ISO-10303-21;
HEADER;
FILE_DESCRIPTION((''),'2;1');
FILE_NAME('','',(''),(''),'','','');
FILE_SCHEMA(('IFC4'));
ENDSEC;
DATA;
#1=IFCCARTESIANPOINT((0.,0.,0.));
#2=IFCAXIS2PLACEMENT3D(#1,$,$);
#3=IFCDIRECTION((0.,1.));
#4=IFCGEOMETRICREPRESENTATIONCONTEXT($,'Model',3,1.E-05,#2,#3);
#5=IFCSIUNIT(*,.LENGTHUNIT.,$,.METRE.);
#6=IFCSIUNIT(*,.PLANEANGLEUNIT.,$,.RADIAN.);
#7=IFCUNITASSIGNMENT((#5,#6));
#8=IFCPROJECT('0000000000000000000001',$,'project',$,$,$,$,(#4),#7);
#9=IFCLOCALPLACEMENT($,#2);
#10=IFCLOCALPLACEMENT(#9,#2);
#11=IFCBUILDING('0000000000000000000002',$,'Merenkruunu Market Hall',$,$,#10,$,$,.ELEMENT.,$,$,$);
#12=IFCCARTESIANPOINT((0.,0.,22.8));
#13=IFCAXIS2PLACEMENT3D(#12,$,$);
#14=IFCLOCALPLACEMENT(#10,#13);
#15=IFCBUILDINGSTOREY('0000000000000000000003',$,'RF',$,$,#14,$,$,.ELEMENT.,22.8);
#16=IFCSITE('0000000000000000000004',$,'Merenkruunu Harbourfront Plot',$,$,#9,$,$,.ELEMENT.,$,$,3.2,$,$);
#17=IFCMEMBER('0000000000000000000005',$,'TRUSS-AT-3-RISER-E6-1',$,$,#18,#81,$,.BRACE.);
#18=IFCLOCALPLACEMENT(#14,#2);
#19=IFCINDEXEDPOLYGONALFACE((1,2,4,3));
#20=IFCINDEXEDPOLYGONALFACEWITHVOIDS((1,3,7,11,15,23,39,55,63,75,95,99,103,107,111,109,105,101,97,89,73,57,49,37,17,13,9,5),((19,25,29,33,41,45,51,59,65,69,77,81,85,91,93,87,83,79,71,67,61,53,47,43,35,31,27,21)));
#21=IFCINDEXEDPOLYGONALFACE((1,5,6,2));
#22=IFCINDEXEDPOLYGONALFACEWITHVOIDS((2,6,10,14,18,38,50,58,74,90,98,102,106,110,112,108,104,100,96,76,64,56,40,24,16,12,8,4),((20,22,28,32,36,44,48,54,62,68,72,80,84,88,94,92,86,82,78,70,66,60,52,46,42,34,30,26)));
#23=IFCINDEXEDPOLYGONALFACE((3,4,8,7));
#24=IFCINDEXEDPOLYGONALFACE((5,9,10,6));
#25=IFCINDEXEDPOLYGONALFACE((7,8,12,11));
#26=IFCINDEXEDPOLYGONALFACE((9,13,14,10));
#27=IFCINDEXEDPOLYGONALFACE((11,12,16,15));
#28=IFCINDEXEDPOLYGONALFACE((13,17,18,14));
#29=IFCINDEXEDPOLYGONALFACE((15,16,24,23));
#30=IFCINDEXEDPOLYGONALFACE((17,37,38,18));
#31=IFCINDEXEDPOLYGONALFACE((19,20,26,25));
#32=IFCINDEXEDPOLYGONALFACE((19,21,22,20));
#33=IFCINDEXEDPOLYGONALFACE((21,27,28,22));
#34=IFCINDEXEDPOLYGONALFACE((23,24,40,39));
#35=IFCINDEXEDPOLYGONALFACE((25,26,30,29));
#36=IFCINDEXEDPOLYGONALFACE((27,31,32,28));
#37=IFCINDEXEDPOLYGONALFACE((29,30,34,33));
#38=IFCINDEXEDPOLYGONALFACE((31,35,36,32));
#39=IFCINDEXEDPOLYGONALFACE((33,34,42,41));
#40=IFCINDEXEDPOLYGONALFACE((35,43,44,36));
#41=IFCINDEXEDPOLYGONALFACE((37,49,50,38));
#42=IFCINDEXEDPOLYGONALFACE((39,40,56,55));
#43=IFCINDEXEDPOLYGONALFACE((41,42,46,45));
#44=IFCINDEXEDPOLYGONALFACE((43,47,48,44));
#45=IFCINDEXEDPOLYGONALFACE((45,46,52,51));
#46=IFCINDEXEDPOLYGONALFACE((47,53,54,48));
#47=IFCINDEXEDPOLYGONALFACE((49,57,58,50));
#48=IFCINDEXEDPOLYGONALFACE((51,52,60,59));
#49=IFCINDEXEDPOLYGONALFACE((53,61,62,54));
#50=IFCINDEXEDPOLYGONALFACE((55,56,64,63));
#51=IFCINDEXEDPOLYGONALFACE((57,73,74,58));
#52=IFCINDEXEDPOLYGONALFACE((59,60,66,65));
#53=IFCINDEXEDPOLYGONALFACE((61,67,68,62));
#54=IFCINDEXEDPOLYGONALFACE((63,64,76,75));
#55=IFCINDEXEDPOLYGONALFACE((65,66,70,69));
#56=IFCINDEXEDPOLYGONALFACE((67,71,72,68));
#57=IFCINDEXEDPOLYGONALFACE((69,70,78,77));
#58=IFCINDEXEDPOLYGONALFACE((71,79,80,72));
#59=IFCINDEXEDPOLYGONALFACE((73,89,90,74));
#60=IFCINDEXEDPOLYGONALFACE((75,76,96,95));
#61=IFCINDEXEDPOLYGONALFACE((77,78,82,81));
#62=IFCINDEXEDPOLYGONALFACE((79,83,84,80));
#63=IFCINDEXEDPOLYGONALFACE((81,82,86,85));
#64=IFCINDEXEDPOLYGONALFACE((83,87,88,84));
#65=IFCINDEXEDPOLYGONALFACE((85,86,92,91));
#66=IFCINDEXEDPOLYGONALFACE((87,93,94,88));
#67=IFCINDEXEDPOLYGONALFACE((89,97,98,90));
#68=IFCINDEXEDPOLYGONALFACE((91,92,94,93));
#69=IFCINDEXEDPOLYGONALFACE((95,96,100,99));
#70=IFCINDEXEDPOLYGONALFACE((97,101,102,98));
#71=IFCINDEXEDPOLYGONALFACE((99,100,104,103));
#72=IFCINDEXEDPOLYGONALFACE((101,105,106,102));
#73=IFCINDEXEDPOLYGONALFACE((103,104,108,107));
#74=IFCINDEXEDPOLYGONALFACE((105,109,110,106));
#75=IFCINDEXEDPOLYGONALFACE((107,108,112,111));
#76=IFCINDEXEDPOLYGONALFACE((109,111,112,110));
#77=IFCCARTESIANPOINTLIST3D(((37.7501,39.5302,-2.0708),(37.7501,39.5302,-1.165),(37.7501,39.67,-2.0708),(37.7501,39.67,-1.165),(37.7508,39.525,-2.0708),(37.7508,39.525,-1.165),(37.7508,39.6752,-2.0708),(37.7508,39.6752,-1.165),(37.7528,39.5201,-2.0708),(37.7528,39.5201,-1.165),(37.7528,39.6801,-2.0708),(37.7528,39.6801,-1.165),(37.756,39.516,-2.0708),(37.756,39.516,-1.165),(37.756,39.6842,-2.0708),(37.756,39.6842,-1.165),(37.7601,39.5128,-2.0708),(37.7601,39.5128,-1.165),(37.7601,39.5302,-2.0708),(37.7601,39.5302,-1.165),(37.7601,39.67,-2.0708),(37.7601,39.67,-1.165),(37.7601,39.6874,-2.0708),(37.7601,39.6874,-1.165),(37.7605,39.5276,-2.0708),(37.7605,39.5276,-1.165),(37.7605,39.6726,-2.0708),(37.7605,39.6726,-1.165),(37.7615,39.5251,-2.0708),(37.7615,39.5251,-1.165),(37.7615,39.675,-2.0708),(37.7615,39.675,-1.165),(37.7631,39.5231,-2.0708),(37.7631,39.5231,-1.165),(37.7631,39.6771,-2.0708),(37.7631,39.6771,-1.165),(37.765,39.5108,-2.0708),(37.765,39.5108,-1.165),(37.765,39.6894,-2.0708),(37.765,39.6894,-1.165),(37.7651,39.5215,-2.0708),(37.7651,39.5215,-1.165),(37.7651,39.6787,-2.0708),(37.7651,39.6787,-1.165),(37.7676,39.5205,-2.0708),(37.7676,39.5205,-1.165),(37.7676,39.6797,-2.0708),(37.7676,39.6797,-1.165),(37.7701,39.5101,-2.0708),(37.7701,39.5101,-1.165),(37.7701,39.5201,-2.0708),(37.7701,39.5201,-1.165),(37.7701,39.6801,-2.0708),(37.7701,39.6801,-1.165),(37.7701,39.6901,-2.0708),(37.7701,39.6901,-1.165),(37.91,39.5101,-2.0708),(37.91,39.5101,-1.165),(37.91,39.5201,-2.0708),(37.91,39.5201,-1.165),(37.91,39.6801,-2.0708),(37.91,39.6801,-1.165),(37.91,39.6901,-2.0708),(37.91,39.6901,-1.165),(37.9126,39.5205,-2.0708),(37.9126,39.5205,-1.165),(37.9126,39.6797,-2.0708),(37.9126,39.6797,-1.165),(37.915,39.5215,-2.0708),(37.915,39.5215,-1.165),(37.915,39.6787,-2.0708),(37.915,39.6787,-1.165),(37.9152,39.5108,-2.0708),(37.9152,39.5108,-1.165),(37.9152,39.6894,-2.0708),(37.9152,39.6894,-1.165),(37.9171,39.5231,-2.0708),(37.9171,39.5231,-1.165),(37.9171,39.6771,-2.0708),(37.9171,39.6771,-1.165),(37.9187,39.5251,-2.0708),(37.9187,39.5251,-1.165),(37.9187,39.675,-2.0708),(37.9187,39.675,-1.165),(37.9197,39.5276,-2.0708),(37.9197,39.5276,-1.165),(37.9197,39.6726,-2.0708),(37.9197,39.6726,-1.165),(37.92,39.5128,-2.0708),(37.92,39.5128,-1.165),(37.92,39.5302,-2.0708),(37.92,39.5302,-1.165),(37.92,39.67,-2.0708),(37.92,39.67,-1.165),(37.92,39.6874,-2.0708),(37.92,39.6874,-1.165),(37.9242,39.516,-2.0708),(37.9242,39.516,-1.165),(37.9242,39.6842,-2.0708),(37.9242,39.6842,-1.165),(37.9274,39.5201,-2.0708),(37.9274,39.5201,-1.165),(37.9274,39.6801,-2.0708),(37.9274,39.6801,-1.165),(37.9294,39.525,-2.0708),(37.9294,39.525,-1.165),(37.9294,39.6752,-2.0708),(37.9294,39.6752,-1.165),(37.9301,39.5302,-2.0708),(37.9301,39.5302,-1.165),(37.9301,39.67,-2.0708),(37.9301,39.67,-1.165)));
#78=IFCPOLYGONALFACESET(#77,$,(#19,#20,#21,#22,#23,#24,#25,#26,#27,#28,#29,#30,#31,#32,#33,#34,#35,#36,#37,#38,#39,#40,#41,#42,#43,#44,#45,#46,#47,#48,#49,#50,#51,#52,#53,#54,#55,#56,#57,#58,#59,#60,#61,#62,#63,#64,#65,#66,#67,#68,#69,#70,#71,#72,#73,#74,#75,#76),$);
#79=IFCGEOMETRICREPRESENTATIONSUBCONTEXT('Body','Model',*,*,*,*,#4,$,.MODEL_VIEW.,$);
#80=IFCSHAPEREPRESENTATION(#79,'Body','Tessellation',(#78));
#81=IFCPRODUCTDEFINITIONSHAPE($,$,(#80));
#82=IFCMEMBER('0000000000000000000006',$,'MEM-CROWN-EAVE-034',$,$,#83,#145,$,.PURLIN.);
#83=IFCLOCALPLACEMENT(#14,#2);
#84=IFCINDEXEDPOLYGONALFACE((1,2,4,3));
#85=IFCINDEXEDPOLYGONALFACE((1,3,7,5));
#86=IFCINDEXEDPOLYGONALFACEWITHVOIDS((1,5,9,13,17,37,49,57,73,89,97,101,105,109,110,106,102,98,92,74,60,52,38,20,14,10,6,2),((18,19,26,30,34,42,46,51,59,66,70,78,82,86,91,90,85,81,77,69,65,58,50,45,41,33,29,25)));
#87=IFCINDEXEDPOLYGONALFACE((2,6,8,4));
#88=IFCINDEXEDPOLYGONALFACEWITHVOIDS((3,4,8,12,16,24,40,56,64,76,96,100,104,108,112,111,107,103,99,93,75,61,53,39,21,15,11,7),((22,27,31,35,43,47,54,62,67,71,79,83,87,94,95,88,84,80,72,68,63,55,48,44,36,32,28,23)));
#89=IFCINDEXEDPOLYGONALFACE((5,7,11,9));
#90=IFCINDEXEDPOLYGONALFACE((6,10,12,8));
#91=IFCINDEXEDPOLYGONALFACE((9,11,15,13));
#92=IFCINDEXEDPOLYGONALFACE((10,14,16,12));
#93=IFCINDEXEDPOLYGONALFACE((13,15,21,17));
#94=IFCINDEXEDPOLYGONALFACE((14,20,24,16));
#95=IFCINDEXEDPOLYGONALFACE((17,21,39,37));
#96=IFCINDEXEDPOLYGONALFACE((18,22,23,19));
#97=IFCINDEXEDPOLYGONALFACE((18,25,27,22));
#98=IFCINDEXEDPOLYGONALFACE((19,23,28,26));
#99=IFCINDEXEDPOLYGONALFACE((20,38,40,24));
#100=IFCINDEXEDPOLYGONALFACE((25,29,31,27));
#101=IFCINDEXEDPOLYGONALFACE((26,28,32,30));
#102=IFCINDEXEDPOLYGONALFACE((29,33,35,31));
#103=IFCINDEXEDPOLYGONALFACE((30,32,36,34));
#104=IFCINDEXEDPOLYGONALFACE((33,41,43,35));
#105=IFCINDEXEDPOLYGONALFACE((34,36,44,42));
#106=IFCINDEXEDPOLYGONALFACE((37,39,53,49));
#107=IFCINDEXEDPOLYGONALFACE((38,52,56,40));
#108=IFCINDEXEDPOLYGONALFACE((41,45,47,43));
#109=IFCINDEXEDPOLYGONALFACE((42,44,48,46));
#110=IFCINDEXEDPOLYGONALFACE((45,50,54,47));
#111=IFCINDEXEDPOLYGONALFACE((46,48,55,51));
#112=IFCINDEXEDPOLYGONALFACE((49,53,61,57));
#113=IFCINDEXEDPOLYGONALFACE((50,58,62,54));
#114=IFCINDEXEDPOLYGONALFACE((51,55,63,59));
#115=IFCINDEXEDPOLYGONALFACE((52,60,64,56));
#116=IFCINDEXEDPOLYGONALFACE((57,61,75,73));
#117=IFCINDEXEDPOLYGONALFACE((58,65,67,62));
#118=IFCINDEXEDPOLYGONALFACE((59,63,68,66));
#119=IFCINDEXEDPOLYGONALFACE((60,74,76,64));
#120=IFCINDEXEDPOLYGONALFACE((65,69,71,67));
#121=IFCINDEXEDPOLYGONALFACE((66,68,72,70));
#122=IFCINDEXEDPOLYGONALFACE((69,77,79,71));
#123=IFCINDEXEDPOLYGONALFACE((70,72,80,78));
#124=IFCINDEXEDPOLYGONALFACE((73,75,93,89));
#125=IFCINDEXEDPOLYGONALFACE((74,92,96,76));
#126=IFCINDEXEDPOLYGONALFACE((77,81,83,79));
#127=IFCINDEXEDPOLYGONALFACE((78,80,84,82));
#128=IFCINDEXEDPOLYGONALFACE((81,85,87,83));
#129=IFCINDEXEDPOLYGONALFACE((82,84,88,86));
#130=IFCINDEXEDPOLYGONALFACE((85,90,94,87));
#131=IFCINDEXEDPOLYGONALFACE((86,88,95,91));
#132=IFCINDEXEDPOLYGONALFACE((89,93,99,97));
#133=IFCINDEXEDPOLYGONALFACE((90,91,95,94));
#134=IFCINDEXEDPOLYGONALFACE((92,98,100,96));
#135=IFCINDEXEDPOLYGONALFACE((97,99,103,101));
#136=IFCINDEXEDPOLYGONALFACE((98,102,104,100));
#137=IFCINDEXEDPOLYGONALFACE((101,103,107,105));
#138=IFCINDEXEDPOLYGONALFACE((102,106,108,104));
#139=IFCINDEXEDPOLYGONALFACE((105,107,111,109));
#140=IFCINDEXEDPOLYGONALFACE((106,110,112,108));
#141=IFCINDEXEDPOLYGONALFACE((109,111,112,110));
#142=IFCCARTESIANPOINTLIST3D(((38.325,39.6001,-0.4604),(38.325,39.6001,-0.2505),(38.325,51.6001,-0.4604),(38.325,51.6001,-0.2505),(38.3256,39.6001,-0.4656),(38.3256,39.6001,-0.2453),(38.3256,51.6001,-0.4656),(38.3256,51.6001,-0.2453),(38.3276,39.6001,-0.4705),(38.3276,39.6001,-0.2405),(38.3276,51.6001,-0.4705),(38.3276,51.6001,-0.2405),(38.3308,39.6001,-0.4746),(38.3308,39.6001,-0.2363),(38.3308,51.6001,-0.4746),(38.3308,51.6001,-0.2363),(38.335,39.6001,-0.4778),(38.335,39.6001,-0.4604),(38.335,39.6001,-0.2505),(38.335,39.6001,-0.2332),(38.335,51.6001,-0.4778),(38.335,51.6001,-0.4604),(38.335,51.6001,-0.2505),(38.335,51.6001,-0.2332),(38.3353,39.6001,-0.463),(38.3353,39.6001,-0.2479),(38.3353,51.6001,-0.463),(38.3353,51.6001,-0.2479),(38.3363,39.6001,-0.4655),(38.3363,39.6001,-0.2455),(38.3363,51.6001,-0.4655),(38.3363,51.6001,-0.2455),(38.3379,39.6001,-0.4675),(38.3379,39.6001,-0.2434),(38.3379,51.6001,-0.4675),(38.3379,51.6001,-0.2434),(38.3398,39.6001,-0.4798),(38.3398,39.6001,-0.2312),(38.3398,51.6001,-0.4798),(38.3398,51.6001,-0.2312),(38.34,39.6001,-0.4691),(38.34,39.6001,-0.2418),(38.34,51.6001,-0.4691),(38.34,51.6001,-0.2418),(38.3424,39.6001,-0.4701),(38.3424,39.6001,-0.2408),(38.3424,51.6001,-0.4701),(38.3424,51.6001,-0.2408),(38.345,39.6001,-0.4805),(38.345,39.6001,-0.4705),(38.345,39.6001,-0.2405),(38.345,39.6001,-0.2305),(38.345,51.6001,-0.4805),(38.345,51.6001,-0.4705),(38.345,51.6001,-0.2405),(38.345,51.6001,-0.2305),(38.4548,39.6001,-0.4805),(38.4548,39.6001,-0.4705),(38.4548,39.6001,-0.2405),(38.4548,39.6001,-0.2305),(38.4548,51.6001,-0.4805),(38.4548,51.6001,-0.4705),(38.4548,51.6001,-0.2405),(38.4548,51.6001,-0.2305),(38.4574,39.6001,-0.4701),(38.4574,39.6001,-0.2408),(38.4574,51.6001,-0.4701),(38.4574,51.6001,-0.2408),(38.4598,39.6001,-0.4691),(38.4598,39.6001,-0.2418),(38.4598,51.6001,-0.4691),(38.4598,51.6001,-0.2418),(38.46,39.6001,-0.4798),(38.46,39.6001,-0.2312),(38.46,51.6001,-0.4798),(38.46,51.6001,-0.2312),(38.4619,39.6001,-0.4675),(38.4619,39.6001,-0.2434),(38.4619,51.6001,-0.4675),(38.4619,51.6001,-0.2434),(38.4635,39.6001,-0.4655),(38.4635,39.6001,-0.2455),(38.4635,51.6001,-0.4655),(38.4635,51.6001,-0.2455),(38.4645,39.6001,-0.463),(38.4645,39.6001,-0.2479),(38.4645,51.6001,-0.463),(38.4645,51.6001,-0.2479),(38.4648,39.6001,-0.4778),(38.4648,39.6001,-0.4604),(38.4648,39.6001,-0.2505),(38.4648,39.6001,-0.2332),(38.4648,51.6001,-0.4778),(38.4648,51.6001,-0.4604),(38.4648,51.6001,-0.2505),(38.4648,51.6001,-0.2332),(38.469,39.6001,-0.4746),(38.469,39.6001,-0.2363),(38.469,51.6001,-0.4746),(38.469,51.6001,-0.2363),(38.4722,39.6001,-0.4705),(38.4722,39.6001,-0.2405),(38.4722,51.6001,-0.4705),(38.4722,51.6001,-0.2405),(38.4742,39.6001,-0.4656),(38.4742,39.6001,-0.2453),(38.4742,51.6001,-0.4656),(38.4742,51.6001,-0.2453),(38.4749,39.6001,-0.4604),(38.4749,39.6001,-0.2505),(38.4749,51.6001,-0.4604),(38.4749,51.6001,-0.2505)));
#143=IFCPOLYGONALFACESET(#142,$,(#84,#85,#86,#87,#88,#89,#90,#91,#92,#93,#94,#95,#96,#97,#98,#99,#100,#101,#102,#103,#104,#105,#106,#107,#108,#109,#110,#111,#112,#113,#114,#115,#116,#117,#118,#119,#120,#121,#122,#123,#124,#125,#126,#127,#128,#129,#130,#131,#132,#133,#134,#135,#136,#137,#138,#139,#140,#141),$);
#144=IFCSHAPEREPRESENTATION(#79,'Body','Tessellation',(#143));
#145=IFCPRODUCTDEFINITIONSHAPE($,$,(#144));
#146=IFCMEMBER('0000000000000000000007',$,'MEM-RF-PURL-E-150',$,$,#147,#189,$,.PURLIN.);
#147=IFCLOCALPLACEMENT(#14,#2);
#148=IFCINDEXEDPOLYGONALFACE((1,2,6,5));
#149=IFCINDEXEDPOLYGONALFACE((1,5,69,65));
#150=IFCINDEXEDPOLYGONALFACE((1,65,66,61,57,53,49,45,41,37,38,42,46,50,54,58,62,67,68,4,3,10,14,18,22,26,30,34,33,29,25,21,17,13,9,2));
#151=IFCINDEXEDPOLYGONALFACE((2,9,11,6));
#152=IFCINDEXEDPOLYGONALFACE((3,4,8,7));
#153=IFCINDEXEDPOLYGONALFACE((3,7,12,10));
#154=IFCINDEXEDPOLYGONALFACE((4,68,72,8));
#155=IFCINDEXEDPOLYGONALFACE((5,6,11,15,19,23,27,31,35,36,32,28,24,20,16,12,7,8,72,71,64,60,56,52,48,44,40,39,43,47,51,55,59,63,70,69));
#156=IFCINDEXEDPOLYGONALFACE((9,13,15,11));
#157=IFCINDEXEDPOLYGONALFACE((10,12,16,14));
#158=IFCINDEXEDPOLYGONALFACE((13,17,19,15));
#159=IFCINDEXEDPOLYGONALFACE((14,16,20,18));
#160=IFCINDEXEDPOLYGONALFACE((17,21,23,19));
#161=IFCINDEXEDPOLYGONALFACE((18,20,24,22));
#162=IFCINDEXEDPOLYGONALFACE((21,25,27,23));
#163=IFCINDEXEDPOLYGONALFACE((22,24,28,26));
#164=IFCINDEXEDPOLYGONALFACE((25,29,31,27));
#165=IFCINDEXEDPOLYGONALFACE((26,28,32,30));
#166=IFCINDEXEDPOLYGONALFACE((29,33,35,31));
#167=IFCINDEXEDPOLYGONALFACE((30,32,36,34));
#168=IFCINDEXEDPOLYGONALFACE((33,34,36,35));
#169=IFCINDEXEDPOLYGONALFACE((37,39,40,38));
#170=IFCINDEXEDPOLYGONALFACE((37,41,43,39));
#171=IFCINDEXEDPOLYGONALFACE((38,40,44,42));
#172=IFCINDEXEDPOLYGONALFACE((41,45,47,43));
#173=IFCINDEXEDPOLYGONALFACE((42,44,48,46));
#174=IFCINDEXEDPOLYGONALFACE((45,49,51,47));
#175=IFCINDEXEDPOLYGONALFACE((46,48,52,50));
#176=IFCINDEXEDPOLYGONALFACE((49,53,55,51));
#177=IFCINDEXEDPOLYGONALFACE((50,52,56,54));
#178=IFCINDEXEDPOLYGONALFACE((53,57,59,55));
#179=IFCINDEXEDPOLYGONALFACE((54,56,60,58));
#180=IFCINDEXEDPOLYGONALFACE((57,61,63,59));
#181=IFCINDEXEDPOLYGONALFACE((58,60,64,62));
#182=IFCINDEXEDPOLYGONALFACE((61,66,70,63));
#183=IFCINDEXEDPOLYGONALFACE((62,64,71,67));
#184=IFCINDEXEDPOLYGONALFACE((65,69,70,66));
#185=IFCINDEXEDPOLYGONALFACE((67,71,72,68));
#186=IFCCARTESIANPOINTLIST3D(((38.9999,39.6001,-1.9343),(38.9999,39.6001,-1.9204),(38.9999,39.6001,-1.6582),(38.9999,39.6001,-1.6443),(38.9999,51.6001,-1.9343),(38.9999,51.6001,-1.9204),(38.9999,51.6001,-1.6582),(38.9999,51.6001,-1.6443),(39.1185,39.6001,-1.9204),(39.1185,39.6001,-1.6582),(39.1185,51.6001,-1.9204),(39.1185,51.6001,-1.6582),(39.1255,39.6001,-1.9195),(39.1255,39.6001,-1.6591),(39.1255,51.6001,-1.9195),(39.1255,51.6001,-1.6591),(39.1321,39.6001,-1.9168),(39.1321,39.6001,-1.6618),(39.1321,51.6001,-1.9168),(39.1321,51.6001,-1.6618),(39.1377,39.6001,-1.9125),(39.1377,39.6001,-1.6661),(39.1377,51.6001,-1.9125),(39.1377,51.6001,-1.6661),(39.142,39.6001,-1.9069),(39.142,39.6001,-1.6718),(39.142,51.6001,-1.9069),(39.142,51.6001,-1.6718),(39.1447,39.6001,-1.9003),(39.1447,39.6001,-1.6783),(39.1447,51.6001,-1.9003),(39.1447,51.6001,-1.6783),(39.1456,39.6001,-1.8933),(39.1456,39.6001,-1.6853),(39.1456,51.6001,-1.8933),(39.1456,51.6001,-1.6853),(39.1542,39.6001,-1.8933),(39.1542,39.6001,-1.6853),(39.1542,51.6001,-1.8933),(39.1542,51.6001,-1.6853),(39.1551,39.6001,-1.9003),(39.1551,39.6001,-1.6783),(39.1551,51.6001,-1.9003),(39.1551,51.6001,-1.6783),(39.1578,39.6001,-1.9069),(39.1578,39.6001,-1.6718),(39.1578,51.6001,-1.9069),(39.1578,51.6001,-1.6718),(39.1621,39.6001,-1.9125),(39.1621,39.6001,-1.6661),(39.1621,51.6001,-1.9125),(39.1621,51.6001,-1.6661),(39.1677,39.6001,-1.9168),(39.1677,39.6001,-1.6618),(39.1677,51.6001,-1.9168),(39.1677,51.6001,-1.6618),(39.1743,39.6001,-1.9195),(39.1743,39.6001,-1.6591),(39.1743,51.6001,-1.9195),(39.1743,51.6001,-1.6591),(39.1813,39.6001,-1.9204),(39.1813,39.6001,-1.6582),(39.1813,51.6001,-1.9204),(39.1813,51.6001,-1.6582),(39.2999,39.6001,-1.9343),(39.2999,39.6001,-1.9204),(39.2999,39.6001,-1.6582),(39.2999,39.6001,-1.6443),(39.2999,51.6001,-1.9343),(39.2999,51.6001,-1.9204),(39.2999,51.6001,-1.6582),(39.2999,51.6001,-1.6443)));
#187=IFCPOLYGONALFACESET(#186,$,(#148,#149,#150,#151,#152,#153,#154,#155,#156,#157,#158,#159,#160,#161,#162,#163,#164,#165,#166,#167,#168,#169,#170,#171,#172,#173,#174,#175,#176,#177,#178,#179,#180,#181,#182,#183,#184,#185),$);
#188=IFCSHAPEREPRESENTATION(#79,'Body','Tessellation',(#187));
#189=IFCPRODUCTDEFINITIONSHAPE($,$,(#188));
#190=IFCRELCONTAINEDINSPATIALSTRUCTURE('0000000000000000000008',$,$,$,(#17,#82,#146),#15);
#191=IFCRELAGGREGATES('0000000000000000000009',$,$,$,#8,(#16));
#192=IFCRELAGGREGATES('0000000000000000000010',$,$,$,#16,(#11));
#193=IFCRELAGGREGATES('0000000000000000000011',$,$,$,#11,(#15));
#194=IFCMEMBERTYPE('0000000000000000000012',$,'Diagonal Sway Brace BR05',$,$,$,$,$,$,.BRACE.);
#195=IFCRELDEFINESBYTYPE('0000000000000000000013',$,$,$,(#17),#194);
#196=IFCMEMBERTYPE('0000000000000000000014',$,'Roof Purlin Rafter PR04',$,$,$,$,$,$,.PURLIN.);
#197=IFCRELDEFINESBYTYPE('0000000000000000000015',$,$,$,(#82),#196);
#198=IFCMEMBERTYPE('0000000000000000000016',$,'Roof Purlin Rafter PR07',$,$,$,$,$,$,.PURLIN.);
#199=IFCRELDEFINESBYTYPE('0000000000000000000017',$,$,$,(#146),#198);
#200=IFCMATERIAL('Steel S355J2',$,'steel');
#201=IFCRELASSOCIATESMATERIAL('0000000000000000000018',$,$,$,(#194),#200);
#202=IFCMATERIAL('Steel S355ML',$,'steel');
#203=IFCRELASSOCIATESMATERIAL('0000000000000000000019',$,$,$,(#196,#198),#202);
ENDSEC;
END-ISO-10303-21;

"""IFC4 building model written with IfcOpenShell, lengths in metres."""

from ifc_helpers import new_model, si_unit, direction, frame, origin, origin_2d, place, context, subcontext, project, spatial, hollow_rectangle, i_section, extrude, material, material_profile, profile_set, type_object, element, save


model = new_model("IFC4")

# Units and contexts
model_context = context("Model", 3, precision=1e-05, world=origin(), true_north=direction((0.0, 1.0)))
body_context = subcontext(model_context, "Body", "Model", "MODEL_VIEW")
ifc_project = project(units=[si_unit("LENGTHUNIT", "METRE"), si_unit("PLANEANGLEUNIT", "RADIAN")], contexts=[model_context])

# Site, building, storey
site_placement = place(None, origin())
site = spatial("IfcSite", under=ifc_project, at=site_placement, Name="Merenkruunu Harbourfront Plot", CompositionType="ELEMENT", RefElevation=3.2)
building_placement = place(site_placement, origin())
building = spatial("IfcBuilding", under=site, at=building_placement, Name="Merenkruunu Market Hall", CompositionType="ELEMENT")
storey_placement = place(building_placement, frame((0.0, 0.0, 22.8)))
storey = spatial("IfcBuildingStorey", under=building, at=storey_placement, Name="RF", CompositionType="ELEMENT", Elevation=22.8)

# Shared definitions
ifc_material_1 = material(Name="Steel S355ML", Category="steel")

# Members
ifc_material_2 = material(Name="Steel S355J2", Category="steel")
ifc_material_profile_1 = material_profile(ifc_material_2, hollow_rectangle(XDim=0.1799, YDim=0.1799, WallThickness=0.01, InnerFilletRadius=0.01, OuterFilletRadius=0.02, at=origin_2d()), Name="SHS 180x180x10")
ifc_profile_set_1 = profile_set([ifc_material_profile_1], Name="Steel S355J2")
member_type_1 = type_object("IfcMemberType", Name="Diagonal Sway Brace BR05", PredefinedType="BRACE", material=ifc_profile_set_1)
member_1_placement = place(storey_placement, frame((37.8401, 39.6001, -2.0708), z_axis=(0.0, 0.0, 1.0), x_axis=(1.0, 0.0, 0.0)))
element("IfcMember", 1, at=member_1_placement, inside=storey, type_object=member_type_1, Name="TRUSS-AT-3-RISER-E6-1", PredefinedType="BRACE", context=body_context, shape_type="SweptSolid", body=[
    extrude(hollow_rectangle(XDim=0.1799, YDim=0.1799, WallThickness=0.01, InnerFilletRadius=0.01, OuterFilletRadius=0.02, at=origin_2d()), origin(), (0.0, 0.0, 1.0), 0.9058),
])
ifc_material_profile_2 = material_profile(ifc_material_1, hollow_rectangle(XDim=0.1499, YDim=0.25, WallThickness=0.01, InnerFilletRadius=0.01, OuterFilletRadius=0.02, at=origin_2d()), Name="RHS 250x150x10")
ifc_profile_set_2 = profile_set([ifc_material_profile_2], Name="Steel S355ML")
member_type_2 = type_object("IfcMemberType", Name="Roof Purlin Rafter PR04", PredefinedType="PURLIN", material=ifc_profile_set_2)
member_2_placement = place(storey_placement, frame((38.3999, 39.6001, -0.3555), z_axis=(0.0, 1.0, 0.0), x_axis=(-1.0, 0.0, 0.0)))
element("IfcMember", 2, at=member_2_placement, inside=storey, type_object=member_type_2, Name="MEM-CROWN-EAVE-034", PredefinedType="PURLIN", context=body_context, shape_type="SweptSolid", body=[
    extrude(hollow_rectangle(XDim=0.1499, YDim=0.25, WallThickness=0.01, InnerFilletRadius=0.01, OuterFilletRadius=0.02, at=origin_2d()), origin(), (0.0, 0.0, 1.0), 12.0),
])
ifc_material_profile_3 = material_profile(ifc_material_1, i_section(OverallWidth=0.3, OverallDepth=0.29, WebThickness=0.0085, FlangeThickness=0.0139, FilletRadius=0.0271, at=origin_2d()), Name="HEA 300")
ifc_profile_set_3 = profile_set([ifc_material_profile_3], Name="Steel S355ML")
member_type_3 = type_object("IfcMemberType", Name="Roof Purlin Rafter PR07", PredefinedType="PURLIN", material=ifc_profile_set_3)
member_3_placement = place(storey_placement, frame((39.1499, 39.6001, -1.7893), z_axis=(0.0, 1.0, 0.0), x_axis=(-1.0, 0.0, 0.0)))
element("IfcMember", 3, at=member_3_placement, inside=storey, type_object=member_type_3, Name="MEM-RF-PURL-E-150", PredefinedType="PURLIN", context=body_context, shape_type="SweptSolid", body=[
    extrude(i_section(OverallWidth=0.3, OverallDepth=0.29, WebThickness=0.0085, FlangeThickness=0.0139, FilletRadius=0.0271, at=origin_2d()), origin(), (0.0, 0.0, 1.0), 12.0),
])

save(model, "model.ifc")
